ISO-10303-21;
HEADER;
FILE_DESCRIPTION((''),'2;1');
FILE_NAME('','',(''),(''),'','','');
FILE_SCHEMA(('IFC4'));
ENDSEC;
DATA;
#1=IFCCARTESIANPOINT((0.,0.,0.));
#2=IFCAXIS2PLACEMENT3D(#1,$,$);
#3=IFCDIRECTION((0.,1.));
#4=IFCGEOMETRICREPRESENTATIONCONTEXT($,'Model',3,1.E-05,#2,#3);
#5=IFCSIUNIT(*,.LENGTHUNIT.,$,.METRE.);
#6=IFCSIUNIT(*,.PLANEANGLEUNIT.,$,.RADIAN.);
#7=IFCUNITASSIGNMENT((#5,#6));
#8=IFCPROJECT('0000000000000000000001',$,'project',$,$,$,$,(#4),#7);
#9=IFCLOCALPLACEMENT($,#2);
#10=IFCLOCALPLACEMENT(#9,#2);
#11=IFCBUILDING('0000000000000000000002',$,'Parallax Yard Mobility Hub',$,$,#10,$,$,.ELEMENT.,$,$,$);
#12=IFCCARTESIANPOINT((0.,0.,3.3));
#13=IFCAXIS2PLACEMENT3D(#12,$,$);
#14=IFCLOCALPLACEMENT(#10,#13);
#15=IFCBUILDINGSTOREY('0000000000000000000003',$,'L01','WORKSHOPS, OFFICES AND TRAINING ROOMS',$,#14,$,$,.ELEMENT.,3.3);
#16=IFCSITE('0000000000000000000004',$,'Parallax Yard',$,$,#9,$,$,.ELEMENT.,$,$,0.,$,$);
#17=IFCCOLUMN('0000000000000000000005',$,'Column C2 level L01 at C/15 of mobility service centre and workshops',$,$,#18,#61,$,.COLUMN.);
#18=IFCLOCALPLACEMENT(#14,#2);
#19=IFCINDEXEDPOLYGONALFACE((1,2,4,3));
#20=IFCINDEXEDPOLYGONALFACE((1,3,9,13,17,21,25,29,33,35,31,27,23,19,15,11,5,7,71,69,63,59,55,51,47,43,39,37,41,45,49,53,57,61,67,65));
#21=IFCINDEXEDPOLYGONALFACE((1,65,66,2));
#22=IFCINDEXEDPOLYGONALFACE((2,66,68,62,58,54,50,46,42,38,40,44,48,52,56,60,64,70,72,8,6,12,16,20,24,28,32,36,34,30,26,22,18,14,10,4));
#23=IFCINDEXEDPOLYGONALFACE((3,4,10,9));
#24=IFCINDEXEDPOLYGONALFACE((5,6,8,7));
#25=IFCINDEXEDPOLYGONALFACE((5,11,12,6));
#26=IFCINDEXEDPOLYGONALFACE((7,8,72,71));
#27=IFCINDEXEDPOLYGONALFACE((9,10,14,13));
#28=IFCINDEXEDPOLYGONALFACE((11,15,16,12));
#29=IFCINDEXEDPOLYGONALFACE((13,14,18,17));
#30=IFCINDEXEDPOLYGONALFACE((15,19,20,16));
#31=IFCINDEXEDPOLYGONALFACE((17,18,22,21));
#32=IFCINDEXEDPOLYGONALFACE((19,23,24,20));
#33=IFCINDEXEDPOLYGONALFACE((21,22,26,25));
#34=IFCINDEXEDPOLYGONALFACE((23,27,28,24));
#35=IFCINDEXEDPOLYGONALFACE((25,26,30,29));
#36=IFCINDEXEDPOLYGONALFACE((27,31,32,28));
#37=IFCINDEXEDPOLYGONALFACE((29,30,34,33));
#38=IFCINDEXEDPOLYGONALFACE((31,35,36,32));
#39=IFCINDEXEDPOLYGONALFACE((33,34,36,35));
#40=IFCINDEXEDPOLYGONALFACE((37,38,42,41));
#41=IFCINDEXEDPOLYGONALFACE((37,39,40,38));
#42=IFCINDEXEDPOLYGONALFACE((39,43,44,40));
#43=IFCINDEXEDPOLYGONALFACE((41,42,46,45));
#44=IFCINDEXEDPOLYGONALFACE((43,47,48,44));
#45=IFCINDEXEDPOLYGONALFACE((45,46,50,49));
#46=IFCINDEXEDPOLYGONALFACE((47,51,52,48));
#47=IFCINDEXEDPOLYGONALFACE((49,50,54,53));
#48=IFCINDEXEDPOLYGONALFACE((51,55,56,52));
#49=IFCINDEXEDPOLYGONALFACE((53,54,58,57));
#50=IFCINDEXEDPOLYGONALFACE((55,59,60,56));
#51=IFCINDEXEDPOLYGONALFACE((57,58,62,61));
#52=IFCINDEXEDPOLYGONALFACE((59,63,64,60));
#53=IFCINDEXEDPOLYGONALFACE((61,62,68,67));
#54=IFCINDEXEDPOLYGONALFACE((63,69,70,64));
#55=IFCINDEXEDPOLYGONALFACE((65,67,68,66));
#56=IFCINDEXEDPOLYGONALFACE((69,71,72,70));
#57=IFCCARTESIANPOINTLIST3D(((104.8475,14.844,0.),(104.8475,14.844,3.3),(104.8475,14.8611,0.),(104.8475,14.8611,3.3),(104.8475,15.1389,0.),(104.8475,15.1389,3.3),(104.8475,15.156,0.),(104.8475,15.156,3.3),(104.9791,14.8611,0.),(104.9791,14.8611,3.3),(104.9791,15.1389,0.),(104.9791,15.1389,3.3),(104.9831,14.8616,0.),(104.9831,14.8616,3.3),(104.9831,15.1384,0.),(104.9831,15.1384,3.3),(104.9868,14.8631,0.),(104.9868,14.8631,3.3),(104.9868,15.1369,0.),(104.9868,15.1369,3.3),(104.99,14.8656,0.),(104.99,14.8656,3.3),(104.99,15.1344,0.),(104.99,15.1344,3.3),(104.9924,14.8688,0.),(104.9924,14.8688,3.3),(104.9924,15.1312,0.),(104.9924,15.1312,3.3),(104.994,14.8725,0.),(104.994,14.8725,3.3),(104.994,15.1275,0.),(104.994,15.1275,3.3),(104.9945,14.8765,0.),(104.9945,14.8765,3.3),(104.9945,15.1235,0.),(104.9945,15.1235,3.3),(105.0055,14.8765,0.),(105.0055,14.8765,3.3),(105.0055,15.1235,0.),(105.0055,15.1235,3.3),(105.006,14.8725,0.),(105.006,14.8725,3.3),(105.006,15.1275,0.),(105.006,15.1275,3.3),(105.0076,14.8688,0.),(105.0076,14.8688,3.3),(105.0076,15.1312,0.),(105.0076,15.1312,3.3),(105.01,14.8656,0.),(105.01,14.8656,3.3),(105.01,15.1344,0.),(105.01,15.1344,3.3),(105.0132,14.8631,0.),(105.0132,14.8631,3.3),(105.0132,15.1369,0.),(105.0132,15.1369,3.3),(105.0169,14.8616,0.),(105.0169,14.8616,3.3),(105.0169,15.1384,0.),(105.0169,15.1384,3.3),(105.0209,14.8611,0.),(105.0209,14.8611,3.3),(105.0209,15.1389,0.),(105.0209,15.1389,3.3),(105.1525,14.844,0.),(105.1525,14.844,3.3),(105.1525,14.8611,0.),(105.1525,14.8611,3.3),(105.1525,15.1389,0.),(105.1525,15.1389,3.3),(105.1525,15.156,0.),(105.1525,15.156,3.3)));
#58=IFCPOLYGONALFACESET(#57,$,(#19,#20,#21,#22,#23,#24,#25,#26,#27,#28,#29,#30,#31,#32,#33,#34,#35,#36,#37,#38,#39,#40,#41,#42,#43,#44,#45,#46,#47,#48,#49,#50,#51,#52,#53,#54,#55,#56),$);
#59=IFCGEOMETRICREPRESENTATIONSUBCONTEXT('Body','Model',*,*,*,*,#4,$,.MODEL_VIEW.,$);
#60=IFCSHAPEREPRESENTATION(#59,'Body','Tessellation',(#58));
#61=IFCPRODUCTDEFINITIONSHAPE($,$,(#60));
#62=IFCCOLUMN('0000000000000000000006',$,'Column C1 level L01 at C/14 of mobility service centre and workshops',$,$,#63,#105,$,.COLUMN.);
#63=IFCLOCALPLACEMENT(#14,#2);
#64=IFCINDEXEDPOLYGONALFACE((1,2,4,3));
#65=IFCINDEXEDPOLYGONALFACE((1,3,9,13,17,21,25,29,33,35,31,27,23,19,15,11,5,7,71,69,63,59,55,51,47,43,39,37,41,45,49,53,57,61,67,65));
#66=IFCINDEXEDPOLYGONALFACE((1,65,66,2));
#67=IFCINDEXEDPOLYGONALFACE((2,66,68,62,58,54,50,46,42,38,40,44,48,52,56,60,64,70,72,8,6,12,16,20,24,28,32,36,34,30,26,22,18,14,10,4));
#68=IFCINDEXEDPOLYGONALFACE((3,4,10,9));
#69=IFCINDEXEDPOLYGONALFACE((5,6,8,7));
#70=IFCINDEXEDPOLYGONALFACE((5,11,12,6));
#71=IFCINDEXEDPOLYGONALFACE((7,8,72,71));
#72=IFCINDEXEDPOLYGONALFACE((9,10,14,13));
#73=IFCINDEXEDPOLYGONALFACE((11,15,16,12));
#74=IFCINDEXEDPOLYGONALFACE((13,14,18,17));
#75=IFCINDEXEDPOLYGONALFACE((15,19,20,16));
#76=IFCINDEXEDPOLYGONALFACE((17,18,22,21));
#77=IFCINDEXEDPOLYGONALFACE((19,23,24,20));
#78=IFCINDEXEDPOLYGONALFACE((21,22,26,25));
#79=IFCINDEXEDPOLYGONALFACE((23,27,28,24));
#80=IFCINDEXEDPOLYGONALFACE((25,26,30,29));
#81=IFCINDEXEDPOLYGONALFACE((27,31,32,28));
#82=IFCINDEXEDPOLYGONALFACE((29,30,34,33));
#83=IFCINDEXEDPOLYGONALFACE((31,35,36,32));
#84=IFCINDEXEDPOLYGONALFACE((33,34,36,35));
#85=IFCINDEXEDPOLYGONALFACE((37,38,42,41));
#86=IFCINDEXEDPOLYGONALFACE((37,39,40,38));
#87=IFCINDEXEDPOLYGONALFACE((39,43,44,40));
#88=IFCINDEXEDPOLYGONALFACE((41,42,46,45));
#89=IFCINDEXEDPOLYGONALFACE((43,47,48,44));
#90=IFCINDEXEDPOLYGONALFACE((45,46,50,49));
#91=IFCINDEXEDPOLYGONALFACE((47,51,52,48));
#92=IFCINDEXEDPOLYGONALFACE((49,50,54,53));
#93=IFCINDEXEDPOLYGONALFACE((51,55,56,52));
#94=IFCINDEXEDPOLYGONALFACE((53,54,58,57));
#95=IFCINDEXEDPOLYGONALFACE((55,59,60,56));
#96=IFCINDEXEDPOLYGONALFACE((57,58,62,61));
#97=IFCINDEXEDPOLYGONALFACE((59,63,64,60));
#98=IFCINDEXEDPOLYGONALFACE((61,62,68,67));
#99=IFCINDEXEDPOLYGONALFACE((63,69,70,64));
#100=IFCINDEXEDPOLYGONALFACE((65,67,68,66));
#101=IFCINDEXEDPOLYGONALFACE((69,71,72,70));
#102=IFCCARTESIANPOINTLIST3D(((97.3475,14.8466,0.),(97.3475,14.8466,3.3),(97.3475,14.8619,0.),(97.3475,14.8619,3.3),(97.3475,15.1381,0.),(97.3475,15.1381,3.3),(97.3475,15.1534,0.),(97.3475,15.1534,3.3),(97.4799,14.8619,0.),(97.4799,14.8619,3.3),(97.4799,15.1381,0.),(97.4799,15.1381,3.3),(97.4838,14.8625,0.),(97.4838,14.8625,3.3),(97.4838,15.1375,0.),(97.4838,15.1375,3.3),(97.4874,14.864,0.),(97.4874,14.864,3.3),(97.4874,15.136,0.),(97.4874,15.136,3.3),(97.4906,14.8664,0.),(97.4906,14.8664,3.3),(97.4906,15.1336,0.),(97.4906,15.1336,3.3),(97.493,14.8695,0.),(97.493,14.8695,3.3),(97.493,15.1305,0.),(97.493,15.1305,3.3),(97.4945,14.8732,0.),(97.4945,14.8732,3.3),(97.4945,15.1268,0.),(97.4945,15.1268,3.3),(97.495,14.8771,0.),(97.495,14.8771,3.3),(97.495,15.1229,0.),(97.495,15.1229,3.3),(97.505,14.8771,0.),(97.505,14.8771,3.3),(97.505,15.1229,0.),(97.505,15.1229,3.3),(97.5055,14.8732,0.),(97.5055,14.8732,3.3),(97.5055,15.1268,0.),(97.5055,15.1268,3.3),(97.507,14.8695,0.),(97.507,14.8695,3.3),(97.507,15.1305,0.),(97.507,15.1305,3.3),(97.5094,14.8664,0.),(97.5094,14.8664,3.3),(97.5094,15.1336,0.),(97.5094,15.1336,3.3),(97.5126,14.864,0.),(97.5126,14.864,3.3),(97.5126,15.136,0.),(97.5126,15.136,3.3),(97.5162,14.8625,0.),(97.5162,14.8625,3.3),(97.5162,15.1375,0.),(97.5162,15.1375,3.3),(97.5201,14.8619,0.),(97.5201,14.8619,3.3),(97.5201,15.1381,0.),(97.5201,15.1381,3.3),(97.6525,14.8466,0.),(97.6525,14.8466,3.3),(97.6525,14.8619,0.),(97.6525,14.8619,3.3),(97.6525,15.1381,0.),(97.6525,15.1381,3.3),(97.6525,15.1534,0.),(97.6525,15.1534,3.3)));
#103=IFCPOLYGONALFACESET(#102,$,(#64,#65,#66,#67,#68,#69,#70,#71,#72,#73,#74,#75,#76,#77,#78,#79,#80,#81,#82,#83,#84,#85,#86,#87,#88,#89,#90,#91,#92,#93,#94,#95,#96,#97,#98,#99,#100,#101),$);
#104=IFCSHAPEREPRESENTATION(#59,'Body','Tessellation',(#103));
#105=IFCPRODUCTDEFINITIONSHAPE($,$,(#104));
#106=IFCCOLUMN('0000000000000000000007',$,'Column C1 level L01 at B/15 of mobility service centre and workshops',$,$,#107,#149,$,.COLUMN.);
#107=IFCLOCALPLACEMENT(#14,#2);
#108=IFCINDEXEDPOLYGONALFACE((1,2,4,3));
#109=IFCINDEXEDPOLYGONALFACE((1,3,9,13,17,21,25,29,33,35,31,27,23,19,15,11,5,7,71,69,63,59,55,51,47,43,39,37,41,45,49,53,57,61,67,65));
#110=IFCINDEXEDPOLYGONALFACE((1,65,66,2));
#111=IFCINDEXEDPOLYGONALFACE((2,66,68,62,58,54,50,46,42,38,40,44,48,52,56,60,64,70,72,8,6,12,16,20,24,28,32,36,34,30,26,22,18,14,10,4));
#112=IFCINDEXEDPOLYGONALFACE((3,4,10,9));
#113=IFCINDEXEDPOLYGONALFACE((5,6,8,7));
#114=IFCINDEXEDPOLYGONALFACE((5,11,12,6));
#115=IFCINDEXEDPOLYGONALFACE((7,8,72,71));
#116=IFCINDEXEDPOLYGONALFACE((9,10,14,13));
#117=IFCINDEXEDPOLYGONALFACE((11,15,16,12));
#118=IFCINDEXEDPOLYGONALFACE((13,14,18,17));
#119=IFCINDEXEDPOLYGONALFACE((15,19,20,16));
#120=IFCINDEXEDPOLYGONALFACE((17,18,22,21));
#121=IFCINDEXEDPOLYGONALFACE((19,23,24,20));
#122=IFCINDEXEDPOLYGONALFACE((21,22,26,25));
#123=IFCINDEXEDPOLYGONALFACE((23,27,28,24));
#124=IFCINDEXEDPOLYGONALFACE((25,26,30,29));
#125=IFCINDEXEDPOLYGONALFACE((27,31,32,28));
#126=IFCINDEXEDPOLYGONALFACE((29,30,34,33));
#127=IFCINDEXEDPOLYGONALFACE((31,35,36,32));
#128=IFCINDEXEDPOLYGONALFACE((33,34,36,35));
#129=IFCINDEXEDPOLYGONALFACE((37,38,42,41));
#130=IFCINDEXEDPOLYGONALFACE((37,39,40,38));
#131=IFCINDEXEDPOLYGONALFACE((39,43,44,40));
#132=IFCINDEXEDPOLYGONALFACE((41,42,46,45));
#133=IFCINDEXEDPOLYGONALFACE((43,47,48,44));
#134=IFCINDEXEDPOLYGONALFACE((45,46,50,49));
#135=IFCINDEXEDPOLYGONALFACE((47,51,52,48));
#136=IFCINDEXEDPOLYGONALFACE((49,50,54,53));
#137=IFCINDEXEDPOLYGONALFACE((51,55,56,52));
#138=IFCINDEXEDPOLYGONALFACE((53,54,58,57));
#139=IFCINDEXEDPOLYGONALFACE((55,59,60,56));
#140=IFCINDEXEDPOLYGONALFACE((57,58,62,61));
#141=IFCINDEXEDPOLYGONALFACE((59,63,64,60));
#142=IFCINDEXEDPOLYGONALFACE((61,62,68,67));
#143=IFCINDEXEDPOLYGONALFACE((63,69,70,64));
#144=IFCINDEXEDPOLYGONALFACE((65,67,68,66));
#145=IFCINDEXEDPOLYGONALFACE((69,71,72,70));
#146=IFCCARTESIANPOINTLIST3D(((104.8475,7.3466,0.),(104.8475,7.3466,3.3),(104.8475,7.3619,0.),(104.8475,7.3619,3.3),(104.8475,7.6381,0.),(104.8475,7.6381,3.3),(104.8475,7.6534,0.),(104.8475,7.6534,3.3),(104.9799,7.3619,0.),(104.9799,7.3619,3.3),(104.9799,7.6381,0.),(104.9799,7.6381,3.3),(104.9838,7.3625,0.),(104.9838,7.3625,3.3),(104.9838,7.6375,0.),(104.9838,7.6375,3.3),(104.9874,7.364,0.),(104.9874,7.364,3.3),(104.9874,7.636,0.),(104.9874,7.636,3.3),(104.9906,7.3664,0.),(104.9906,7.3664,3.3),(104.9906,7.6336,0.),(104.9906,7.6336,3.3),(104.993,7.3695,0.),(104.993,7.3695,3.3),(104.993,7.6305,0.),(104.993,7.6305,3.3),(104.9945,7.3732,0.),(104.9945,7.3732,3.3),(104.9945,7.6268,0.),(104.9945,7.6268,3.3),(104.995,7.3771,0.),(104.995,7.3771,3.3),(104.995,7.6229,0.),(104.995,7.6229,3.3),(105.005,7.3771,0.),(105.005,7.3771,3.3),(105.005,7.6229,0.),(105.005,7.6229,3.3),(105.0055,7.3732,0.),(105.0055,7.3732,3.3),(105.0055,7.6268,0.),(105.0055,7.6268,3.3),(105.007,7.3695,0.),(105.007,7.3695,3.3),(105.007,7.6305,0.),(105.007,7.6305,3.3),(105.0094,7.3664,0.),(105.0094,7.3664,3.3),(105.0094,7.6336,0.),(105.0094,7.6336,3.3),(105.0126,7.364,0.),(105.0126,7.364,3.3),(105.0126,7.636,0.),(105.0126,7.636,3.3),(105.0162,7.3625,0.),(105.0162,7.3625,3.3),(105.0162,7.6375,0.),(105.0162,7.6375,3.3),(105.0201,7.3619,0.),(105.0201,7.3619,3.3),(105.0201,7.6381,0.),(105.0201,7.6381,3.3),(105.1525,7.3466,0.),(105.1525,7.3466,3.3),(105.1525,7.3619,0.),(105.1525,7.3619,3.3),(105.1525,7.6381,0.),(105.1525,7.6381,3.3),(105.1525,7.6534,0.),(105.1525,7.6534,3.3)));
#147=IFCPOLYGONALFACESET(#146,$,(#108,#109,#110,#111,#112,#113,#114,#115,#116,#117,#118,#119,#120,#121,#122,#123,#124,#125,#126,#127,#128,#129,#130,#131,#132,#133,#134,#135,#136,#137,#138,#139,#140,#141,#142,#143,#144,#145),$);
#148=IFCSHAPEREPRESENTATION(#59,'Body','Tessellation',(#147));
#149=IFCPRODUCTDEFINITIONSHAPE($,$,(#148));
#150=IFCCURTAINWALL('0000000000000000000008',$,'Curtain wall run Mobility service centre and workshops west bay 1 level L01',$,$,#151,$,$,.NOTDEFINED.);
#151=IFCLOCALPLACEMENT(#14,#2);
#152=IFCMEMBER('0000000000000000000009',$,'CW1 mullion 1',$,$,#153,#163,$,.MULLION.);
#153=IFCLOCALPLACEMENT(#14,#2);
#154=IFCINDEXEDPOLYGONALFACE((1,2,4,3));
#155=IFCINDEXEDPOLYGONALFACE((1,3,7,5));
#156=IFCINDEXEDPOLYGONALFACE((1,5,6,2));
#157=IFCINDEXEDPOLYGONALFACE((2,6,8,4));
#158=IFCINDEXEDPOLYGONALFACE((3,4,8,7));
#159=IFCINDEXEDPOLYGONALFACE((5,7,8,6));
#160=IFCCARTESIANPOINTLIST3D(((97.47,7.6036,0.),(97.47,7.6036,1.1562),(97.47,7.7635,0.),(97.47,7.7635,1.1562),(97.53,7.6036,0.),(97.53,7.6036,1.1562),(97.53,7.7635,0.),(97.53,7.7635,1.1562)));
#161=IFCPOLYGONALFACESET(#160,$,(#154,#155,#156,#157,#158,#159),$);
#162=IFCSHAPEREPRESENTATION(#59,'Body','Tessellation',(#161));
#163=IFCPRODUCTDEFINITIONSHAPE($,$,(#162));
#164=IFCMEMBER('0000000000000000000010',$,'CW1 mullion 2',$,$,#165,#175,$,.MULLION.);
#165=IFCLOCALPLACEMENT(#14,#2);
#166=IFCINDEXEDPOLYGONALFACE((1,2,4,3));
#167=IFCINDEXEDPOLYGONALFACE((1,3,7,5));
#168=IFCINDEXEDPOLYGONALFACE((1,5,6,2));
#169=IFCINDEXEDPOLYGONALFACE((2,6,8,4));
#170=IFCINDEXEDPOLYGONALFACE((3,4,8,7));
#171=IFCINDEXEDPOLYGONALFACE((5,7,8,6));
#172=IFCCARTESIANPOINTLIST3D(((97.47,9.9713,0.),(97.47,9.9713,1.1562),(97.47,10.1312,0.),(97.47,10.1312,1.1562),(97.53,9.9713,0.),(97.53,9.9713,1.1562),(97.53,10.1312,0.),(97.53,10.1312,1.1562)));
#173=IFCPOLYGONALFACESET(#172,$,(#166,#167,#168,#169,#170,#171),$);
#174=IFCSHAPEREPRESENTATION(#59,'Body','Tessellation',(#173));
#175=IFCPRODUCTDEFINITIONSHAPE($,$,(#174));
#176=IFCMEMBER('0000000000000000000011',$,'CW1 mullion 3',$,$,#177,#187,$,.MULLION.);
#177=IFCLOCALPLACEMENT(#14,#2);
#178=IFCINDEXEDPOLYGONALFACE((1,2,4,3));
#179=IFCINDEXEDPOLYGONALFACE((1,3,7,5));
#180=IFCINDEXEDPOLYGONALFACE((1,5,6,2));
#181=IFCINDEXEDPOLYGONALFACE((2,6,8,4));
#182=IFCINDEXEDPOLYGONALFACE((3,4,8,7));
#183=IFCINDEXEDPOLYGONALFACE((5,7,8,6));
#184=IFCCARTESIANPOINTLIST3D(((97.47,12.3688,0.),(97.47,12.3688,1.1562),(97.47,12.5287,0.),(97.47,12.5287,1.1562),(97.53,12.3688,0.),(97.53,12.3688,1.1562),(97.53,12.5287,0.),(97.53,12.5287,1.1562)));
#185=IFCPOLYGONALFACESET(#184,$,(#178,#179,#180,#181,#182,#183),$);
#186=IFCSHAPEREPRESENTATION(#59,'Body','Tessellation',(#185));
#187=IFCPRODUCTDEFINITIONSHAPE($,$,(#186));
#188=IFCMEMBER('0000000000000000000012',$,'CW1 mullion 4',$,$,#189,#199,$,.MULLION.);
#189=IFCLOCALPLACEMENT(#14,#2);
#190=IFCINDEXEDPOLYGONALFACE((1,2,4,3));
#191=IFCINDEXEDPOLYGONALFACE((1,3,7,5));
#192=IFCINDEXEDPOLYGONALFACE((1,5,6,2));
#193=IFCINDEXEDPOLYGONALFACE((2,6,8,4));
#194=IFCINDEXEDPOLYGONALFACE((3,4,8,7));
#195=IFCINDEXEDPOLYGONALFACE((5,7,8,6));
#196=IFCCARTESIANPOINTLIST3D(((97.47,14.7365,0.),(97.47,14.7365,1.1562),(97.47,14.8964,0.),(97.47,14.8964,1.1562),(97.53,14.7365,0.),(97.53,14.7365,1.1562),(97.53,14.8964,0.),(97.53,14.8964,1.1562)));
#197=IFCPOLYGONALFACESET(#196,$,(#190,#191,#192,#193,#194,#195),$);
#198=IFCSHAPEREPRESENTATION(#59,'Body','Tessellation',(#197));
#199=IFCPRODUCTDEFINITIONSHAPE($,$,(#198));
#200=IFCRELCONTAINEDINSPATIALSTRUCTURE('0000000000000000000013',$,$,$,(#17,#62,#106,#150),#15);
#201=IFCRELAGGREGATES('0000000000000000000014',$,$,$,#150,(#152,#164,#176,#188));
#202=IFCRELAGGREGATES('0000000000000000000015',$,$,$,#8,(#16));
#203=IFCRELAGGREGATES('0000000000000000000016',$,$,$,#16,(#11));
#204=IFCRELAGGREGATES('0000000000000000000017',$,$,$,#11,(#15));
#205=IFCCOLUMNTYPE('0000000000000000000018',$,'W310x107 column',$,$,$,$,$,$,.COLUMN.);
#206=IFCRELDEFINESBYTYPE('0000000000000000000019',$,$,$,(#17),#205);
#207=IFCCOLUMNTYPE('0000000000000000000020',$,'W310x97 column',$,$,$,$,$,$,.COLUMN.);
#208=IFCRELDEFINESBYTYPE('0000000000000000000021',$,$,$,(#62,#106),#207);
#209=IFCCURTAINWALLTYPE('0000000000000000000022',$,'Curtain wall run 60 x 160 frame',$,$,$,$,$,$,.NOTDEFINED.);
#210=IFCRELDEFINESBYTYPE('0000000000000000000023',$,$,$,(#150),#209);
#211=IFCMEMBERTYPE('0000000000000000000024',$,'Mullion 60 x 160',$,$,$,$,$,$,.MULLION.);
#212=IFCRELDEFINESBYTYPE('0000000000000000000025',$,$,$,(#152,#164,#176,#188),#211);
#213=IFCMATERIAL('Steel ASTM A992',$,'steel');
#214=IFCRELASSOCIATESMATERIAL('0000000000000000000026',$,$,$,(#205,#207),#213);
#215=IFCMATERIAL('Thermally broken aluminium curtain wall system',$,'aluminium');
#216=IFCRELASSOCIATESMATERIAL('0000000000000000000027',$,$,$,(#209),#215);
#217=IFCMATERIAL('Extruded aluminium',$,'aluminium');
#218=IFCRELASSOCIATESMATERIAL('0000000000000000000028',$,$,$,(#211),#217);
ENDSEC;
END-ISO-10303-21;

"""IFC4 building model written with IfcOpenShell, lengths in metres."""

from ifc_helpers import new_model, si_unit, direction, frame, origin, origin_2d, place, context, subcontext, project, spatial, rectangle, i_section, extrude, material, material_profile, profile_set, type_object, element, aggregate, save


model = new_model("IFC4")

# Units and contexts
model_context = context("Model", 3, precision=1e-05, world=origin(), true_north=direction((0.0, 1.0)))
body_context = subcontext(model_context, "Body", "Model", "MODEL_VIEW")
ifc_project = project(units=[si_unit("LENGTHUNIT", "METRE"), si_unit("PLANEANGLEUNIT", "RADIAN")], contexts=[model_context])

# Site, building, storey
site_placement = place(None, origin())
site = spatial("IfcSite", under=ifc_project, at=site_placement, Name="Parallax Yard", CompositionType="ELEMENT", RefElevation=0.0)
building_placement = place(site_placement, origin())
building = spatial("IfcBuilding", under=site, at=building_placement, Name="Parallax Yard Mobility Hub", CompositionType="ELEMENT")
storey_placement = place(building_placement, frame((0.0, 0.0, 3.3)))
storey = spatial("IfcBuildingStorey", under=building, at=storey_placement, Name="L01", Description="WORKSHOPS, OFFICES AND TRAINING ROOMS", CompositionType="ELEMENT", Elevation=3.3)

# Columns
ifc_material_1 = material(Name="Steel ASTM A992", Category="steel")
ifc_material_profile_1 = material_profile(ifc_material_1, i_section(OverallWidth=0.3049, OverallDepth=0.312, WebThickness=0.011, FlangeThickness=0.0171, FilletRadius=0.0154, at=origin_2d()), Name="W310x107")
ifc_profile_set_1 = profile_set([ifc_material_profile_1], Name="Steel ASTM A992")
column_type_1 = type_object("IfcColumnType", Name="W310x107 column", PredefinedType="COLUMN", material=ifc_profile_set_1)
column_placement = place(storey_placement, frame((105.0, 15.0, 0.0), z_axis=(0.0, 0.0, 1.0), x_axis=(1.0, 0.0, 0.0)))
element("IfcColumn", 1, at=column_placement, inside=storey, type_object=column_type_1, Name="Column C2 level L01 at C/15 of mobility service centre and workshops", PredefinedType="COLUMN", context=body_context, shape_type="SweptSolid", body=[
    extrude(i_section(OverallWidth=0.3049, OverallDepth=0.312, WebThickness=0.011, FlangeThickness=0.0171, FilletRadius=0.0154, at=origin_2d()), origin(), (0.0, 0.0, 1.0), 3.3),
])
ifc_material_profile_2 = material_profile(ifc_material_1, i_section(OverallWidth=0.3049, OverallDepth=0.3069, WebThickness=0.01, FlangeThickness=0.0154, FilletRadius=0.0151, at=origin_2d()), Name="W310x97")
ifc_profile_set_2 = profile_set([ifc_material_profile_2], Name="Steel ASTM A992")
column_type_2 = type_object("IfcColumnType", Name="W310x97 column", PredefinedType="COLUMN", material=ifc_profile_set_2)
for number, where, z_axis, x_axis, name in (
    (2, (97.5, 15.0, 0.0), (0.0, 0.0, 1.0), (1.0, 0.0, 0.0), "Column C1 level L01 at C/14 of mobility service centre and workshops"),
    (3, (105.0, 7.5, 0.0), (0.0, 0.0, 1.0), (1.0, 0.0, 0.0), "Column C1 level L01 at B/15 of mobility service centre and workshops"),
):
    element("IfcColumn", number, at=place(storey_placement, frame(where, z_axis=z_axis, x_axis=x_axis)), inside=storey, type_object=column_type_2, Name=name, PredefinedType="COLUMN", context=body_context, shape_type="SweptSolid", body=[
        extrude(i_section(OverallWidth=0.3049, OverallDepth=0.3069, WebThickness=0.01, FlangeThickness=0.0154, FilletRadius=0.0151, at=origin_2d()), origin(), (0.0, 0.0, 1.0), 3.3),
    ])

# Curtain wall, members
ifc_material_2 = material(Name="Thermally broken aluminium curtain wall system", Category="aluminium")
curtain_wall_type = type_object("IfcCurtainWallType", Name="Curtain wall run 60 x 160 frame", PredefinedType="NOTDEFINED", material=ifc_material_2)
curtain_wall_1_placement = place(storey_placement, origin())
curtain_wall_1 = element("IfcCurtainWall", 4, at=curtain_wall_1_placement, inside=storey, type_object=curtain_wall_type, Name="Curtain wall run Mobility service centre and workshops west bay 1 level L01", PredefinedType="NOTDEFINED")
ifc_material_3 = material(Name="Extruded aluminium", Category="aluminium")
ifc_material_profile_3 = material_profile(ifc_material_3, rectangle(XDim=0.0601, YDim=0.1599, at=origin_2d()), Name="Mullion 60 x 160")
ifc_profile_set_3 = profile_set([ifc_material_profile_3], Name="Extruded aluminium")
member_type_1 = type_object("IfcMemberType", Name="Mullion 60 x 160", PredefinedType="MULLION", material=ifc_profile_set_3)
member_1_placement = place(storey_placement, frame((97.5, 7.6836, 0.0), z_axis=(0.0, 0.0, 1.0), x_axis=(-1.0, 0.0, 0.0)))
member_1 = element("IfcMember", 5, at=member_1_placement, type_object=member_type_1, Name="CW1 mullion 1", PredefinedType="MULLION", context=body_context, shape_type="SweptSolid", body=[
    extrude(rectangle(XDim=0.0601, YDim=0.1599, at=origin_2d()), origin(), (0.0, 0.0, 1.0), 1.1562),
])
member_2_placement = place(storey_placement, frame((97.5, 10.0513, 0.0), z_axis=(0.0, 0.0, 1.0), x_axis=(-1.0, 0.0, 0.0)))
member_2 = element("IfcMember", 6, at=member_2_placement, type_object=member_type_1, Name="CW1 mullion 2", PredefinedType="MULLION", context=body_context, shape_type="SweptSolid", body=[
    extrude(rectangle(XDim=0.0601, YDim=0.1599, at=origin_2d()), origin(), (0.0, 0.0, 1.0), 1.1562),
])
member_3_placement = place(storey_placement, frame((97.5, 12.4487, 0.0), z_axis=(0.0, 0.0, 1.0), x_axis=(-1.0, 0.0, 0.0)))
member_3 = element("IfcMember", 7, at=member_3_placement, type_object=member_type_1, Name="CW1 mullion 3", PredefinedType="MULLION", context=body_context, shape_type="SweptSolid", body=[
    extrude(rectangle(XDim=0.0601, YDim=0.1599, at=origin_2d()), origin(), (0.0, 0.0, 1.0), 1.1562),
])
member_4_placement = place(storey_placement, frame((97.5, 14.8164, 0.0), z_axis=(0.0, 0.0, 1.0), x_axis=(-1.0, 0.0, 0.0)))
member_4 = element("IfcMember", 8, at=member_4_placement, type_object=member_type_1, Name="CW1 mullion 4", PredefinedType="MULLION", context=body_context, shape_type="SweptSolid", body=[
    extrude(rectangle(XDim=0.0601, YDim=0.1599, at=origin_2d()), origin(), (0.0, 0.0, 1.0), 1.1562),
])

aggregate(curtain_wall_1, [member_1, member_2, member_3, member_4])

save(model, "model.ifc")
